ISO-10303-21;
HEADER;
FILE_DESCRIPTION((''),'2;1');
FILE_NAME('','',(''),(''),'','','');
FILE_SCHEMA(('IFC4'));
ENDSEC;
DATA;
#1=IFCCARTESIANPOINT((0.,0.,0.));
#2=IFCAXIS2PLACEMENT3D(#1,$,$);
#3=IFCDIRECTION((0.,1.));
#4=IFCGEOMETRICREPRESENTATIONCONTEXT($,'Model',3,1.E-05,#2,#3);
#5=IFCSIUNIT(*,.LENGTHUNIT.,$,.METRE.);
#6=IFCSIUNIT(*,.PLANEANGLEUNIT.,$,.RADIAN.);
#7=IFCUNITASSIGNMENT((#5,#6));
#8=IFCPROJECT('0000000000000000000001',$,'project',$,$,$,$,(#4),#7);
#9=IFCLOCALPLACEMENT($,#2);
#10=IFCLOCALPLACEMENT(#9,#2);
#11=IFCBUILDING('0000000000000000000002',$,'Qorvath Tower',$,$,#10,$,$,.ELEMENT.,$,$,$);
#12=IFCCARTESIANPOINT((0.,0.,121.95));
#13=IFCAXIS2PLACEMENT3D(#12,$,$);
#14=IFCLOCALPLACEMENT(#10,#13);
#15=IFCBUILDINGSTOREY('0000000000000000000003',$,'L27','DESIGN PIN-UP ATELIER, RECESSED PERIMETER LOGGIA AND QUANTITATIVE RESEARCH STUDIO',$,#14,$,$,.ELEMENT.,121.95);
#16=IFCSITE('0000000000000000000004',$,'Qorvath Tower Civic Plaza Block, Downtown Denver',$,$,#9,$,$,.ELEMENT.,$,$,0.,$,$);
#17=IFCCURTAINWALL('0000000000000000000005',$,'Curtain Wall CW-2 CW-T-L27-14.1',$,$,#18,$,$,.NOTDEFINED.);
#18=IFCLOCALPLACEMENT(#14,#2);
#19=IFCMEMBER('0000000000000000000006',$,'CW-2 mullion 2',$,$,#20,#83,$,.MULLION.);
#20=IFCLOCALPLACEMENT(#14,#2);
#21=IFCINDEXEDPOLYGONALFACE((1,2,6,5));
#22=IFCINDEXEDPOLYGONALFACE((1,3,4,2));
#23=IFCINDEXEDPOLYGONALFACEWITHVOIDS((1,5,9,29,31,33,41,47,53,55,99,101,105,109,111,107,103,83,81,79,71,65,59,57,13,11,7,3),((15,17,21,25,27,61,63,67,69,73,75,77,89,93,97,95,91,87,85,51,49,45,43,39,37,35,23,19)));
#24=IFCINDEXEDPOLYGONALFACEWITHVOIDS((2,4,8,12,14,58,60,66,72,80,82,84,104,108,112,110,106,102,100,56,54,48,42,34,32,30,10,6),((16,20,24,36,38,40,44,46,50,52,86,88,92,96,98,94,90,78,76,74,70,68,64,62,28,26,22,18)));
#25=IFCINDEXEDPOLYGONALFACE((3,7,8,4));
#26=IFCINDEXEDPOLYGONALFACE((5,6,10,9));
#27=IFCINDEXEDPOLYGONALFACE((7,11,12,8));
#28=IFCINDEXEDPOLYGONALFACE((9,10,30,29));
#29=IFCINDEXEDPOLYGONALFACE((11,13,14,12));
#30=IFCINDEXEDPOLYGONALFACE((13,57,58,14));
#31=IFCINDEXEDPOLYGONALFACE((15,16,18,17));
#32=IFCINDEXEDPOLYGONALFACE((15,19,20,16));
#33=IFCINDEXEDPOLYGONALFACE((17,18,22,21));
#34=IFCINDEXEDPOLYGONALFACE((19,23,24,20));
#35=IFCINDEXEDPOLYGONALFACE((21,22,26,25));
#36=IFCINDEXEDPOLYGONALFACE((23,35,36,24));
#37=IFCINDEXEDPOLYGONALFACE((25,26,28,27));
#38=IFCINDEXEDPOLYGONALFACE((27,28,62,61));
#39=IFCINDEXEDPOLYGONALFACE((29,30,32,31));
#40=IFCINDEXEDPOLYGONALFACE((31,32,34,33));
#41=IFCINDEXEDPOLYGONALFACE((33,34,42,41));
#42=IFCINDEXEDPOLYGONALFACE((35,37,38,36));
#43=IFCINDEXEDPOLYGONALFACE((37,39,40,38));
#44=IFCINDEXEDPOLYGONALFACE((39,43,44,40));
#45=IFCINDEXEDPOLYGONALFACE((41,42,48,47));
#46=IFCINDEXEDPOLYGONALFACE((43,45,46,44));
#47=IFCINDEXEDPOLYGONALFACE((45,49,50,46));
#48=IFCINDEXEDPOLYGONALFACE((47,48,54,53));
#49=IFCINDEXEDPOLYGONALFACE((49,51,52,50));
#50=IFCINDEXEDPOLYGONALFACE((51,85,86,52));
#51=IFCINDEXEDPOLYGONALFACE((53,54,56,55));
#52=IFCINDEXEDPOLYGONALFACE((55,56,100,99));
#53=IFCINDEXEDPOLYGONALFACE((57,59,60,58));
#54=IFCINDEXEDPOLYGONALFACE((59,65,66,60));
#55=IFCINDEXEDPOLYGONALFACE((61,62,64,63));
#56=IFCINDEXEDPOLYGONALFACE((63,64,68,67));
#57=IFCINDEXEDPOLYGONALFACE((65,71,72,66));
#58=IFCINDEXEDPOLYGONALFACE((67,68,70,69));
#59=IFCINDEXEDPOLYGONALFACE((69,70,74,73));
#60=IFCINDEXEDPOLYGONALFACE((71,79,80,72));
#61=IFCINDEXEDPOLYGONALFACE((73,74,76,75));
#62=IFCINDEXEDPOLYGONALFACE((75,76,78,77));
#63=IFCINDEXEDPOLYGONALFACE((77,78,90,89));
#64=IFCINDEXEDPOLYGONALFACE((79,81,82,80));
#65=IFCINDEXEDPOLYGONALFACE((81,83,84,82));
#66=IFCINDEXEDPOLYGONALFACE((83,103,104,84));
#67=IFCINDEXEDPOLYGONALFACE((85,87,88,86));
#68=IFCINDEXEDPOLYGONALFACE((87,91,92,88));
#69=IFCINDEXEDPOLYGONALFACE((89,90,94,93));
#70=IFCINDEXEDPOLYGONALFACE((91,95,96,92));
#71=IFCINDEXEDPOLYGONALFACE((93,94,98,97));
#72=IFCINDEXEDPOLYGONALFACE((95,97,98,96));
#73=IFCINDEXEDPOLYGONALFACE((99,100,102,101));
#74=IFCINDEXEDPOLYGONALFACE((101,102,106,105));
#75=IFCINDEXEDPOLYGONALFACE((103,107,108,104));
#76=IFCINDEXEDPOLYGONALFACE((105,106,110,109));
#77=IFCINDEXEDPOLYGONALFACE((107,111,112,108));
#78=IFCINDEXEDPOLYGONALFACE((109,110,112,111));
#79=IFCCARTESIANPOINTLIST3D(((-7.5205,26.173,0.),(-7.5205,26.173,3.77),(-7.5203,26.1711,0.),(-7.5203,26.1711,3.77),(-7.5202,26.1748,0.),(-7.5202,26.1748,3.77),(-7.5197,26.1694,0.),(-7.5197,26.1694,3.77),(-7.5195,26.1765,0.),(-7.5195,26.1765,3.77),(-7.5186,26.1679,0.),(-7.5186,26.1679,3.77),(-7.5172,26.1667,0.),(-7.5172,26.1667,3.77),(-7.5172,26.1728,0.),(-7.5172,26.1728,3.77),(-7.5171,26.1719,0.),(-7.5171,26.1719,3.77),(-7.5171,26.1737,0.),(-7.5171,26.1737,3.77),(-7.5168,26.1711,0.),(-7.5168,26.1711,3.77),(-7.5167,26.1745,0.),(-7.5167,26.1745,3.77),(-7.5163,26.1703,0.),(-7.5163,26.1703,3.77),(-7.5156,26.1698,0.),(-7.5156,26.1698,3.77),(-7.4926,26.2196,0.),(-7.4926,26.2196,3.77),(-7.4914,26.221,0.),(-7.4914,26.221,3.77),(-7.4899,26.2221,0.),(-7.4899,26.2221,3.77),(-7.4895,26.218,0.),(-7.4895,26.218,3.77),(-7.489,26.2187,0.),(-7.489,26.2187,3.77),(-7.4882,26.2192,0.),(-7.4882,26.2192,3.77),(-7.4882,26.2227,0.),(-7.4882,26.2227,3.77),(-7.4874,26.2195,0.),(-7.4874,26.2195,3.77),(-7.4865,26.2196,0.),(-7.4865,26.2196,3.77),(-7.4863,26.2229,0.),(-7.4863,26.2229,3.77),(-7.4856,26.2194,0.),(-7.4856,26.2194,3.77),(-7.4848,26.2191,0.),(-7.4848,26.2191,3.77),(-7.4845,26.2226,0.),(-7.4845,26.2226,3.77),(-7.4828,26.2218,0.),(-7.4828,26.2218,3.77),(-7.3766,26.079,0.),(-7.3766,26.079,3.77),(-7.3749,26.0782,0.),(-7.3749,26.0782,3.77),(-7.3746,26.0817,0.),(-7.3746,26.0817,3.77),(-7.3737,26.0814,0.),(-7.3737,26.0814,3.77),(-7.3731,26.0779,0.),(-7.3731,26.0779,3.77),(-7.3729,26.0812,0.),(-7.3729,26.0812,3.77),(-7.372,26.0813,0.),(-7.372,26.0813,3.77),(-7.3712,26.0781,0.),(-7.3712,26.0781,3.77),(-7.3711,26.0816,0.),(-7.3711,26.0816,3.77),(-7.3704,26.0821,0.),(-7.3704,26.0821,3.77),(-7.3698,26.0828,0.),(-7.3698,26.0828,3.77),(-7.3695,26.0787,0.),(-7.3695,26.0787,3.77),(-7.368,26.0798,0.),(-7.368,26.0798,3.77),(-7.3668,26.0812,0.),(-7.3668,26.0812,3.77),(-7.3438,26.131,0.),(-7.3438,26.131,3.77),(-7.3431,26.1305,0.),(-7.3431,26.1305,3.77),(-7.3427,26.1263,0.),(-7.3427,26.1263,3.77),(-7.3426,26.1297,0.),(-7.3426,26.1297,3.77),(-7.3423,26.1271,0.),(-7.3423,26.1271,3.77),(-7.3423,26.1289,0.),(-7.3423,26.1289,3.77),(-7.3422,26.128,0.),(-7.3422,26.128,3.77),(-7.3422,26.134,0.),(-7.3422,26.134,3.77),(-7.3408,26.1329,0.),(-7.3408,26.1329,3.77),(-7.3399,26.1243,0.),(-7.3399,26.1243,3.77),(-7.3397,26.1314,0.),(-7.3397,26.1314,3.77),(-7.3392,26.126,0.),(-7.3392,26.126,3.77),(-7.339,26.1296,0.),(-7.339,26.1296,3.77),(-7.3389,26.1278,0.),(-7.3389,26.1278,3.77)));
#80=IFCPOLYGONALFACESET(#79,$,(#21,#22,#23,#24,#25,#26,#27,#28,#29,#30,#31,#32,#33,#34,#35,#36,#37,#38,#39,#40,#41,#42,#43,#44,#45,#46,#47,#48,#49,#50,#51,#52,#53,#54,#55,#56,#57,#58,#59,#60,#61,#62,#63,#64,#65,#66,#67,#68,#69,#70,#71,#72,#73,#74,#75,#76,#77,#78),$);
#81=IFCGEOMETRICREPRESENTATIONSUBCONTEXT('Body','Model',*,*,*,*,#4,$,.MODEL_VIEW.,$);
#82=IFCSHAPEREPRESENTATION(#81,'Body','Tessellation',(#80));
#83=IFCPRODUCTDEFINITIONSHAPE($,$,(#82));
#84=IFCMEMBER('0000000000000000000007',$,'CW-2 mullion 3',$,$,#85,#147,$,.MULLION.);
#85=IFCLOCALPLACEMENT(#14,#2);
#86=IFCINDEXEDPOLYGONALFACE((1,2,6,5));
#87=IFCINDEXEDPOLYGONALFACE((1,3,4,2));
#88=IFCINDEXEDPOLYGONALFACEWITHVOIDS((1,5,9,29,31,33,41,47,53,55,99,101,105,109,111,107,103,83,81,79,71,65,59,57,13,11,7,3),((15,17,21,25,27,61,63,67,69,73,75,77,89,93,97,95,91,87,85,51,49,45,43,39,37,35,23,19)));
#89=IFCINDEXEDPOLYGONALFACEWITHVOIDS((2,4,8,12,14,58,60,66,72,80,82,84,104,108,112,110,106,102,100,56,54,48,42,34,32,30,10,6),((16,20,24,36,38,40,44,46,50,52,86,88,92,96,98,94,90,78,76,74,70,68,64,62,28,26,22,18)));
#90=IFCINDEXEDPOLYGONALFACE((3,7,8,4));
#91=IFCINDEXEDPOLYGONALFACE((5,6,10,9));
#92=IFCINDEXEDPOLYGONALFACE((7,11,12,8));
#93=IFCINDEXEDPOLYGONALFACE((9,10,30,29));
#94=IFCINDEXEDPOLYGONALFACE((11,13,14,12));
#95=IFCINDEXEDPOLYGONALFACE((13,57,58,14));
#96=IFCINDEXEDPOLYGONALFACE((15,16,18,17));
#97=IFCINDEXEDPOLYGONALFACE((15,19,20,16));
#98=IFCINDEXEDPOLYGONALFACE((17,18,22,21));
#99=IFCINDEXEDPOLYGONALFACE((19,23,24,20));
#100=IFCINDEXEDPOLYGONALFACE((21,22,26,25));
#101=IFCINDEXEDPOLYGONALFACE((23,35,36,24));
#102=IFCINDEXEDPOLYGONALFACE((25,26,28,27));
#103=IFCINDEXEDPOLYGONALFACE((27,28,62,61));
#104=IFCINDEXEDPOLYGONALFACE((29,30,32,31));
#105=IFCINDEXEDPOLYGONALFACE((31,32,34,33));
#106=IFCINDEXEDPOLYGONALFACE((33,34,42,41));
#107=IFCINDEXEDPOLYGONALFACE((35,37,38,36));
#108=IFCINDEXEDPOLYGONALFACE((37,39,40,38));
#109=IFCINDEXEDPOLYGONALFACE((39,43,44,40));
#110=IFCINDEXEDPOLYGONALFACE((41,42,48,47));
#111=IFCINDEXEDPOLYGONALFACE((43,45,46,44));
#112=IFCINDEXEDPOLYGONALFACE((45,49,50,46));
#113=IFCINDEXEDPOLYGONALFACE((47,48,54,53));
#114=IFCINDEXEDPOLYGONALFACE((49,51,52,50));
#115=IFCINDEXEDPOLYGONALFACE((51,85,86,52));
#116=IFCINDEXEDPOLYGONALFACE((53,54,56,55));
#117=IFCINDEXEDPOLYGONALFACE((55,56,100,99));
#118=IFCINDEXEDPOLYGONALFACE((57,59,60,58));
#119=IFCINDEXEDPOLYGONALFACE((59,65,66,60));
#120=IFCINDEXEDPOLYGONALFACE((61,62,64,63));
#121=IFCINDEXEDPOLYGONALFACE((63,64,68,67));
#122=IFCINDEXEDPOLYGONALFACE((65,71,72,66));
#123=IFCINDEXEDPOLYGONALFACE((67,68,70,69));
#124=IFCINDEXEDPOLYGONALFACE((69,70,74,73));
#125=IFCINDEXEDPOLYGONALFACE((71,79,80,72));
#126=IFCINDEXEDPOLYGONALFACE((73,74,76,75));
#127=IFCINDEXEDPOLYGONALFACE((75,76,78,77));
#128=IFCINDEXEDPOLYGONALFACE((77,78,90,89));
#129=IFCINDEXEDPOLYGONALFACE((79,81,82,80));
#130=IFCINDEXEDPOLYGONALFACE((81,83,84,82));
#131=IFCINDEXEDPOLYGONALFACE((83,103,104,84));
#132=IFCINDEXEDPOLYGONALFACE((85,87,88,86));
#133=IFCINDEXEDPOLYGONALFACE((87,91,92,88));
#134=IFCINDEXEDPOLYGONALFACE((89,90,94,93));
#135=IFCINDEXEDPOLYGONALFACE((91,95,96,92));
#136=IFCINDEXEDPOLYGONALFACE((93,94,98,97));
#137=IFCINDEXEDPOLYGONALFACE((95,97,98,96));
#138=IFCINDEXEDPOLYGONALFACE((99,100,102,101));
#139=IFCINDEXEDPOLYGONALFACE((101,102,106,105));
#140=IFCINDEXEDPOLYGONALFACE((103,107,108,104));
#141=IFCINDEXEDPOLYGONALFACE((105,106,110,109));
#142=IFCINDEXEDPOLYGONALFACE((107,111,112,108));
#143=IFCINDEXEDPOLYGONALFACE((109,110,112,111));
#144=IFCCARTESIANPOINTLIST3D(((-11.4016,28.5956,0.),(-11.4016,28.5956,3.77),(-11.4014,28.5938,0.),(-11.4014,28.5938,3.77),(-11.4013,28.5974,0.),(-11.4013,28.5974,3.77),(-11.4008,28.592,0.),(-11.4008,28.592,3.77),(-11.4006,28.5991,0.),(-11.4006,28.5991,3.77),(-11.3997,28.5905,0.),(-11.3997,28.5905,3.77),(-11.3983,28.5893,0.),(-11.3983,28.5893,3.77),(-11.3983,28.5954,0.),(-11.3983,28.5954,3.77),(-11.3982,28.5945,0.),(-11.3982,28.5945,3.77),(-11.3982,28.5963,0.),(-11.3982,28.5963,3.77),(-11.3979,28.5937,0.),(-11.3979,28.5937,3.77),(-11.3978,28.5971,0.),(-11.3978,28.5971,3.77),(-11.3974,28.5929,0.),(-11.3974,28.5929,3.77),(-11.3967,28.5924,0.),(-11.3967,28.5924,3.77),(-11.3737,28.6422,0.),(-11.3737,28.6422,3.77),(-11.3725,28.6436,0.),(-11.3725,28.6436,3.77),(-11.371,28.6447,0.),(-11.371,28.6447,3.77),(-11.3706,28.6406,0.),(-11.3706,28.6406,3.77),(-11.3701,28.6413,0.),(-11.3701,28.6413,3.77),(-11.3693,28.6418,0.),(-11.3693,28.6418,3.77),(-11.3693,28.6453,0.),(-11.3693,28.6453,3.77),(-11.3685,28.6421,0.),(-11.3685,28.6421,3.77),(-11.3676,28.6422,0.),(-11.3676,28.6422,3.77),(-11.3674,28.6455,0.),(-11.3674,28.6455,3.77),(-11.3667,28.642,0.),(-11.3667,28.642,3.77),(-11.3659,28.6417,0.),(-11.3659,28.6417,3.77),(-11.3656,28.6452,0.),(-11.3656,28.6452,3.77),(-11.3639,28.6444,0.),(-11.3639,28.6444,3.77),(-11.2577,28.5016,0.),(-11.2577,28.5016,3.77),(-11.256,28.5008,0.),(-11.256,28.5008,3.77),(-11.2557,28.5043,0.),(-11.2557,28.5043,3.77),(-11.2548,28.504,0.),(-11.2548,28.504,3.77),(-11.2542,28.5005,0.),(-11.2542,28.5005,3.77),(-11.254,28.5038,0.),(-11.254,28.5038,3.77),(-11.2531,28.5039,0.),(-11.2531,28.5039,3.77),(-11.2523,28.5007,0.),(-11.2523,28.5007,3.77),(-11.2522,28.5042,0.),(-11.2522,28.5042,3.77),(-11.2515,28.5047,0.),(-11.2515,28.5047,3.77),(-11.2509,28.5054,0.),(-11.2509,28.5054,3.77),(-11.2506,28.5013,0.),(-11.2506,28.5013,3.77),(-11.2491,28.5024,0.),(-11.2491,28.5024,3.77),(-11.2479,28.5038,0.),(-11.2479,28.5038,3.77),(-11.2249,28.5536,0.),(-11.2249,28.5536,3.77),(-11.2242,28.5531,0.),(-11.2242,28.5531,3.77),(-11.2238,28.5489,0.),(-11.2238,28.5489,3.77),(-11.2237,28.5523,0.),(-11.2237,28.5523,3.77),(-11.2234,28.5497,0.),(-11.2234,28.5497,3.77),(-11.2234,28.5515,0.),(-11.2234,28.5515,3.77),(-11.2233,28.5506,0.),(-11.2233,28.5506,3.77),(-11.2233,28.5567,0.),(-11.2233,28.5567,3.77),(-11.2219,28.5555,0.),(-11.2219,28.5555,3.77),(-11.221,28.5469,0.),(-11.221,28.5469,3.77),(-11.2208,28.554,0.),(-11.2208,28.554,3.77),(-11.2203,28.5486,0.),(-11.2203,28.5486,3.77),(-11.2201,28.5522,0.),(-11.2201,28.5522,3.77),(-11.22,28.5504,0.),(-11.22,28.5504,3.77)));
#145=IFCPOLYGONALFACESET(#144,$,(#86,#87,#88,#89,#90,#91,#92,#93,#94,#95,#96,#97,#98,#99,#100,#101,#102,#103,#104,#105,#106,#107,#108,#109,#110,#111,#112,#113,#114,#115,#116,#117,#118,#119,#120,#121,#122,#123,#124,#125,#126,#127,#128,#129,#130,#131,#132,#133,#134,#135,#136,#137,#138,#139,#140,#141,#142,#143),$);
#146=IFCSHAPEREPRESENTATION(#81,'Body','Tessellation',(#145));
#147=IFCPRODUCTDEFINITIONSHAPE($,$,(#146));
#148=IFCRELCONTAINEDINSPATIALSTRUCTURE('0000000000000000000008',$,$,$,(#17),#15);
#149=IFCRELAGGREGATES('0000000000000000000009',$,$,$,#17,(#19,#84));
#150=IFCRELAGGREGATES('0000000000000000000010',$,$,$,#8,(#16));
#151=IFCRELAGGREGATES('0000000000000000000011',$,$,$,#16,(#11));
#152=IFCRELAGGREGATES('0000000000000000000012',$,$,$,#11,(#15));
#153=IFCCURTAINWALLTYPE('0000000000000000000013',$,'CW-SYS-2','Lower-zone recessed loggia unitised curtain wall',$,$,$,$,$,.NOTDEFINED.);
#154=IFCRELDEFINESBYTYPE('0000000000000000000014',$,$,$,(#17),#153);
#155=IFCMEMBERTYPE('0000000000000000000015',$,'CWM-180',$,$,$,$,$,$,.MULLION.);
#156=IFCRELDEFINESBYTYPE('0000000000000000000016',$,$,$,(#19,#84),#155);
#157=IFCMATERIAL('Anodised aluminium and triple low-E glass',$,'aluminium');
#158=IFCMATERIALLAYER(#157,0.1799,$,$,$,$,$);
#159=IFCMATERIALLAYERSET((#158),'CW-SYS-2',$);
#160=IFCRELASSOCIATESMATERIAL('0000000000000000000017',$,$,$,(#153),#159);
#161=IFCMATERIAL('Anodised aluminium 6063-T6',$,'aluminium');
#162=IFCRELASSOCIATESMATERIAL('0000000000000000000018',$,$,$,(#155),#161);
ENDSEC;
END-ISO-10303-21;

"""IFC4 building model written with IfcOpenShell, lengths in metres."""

from ifc_helpers import new_model, si_unit, direction, frame, origin, origin_2d, place, context, subcontext, project, spatial, hollow_rectangle, extrude, material, layer, layer_set, material_profile, profile_set, type_object, element, aggregate, save


model = new_model("IFC4")

# Units and contexts
model_context = context("Model", 3, precision=1e-05, world=origin(), true_north=direction((0.0, 1.0)))
body_context = subcontext(model_context, "Body", "Model", "MODEL_VIEW")
ifc_project = project(units=[si_unit("LENGTHUNIT", "METRE"), si_unit("PLANEANGLEUNIT", "RADIAN")], contexts=[model_context])

# Site, building, storey
site_placement = place(None, origin())
site = spatial("IfcSite", under=ifc_project, at=site_placement, Name="Qorvath Tower Civic Plaza Block, Downtown Denver", CompositionType="ELEMENT", RefElevation=0.0)
building_placement = place(site_placement, origin())
building = spatial("IfcBuilding", under=site, at=building_placement, Name="Qorvath Tower", CompositionType="ELEMENT")
storey_placement = place(building_placement, frame((0.0, 0.0, 121.95)))
storey = spatial("IfcBuildingStorey", under=building, at=storey_placement, Name="L27", Description="DESIGN PIN-UP ATELIER, RECESSED PERIMETER LOGGIA AND QUANTITATIVE RESEARCH STUDIO", CompositionType="ELEMENT", Elevation=121.95)

# Shared definitions
ifc_material_1 = material(Name="Anodised aluminium and triple low-E glass", Category="aluminium")
ifc_layer_1 = layer(ifc_material_1, 0.1799)
ifc_layer_set_1 = layer_set([ifc_layer_1], Name="CW-SYS-2")
curtain_wall_type = type_object("IfcCurtainWallType", Name="CW-SYS-2", Description="Lower-zone recessed loggia unitised curtain wall", PredefinedType="NOTDEFINED", material=ifc_layer_set_1)
ifc_material_2 = material(Name="Anodised aluminium 6063-T6", Category="aluminium")
ifc_material_profile_1 = material_profile(ifc_material_2, hollow_rectangle(XDim=0.0649, YDim=0.1799, WallThickness=0.0034, InnerFilletRadius=0.0034, OuterFilletRadius=0.0071, at=origin_2d()), Name="CWM 180x65")
ifc_profile_set_1 = profile_set([ifc_material_profile_1], Name="Anodised aluminium 6063-T6")
member_type_1 = type_object("IfcMemberType", Name="CWM-180", PredefinedType="MULLION", material=ifc_profile_set_1)

# Curtain wall, members
curtain_wall_1_placement = place(storey_placement, origin())
curtain_wall_1 = element("IfcCurtainWall", 1, at=curtain_wall_1_placement, inside=storey, type_object=curtain_wall_type, Name="Curtain Wall CW-2 CW-T-L27-14.1", PredefinedType="NOTDEFINED")
member_1_placement = place(storey_placement, frame((-7.4297, 26.1504, 0.0), z_axis=(0.0, 0.0, 1.0), x_axis=(-0.529503, -0.848308, 0.0)))
member_1 = element("IfcMember", 2, at=member_1_placement, type_object=member_type_1, Name="CW-2 mullion 2", PredefinedType="MULLION", context=body_context, shape_type="SweptSolid", body=[
    extrude(hollow_rectangle(XDim=0.0649, YDim=0.1799, WallThickness=0.0034, InnerFilletRadius=0.0034, OuterFilletRadius=0.0071, at=origin_2d()), origin(), (0.0, 0.0, 1.0), 3.77),
])
member_2_placement = place(storey_placement, frame((-11.3108, 28.573, 0.0), z_axis=(0.0, 0.0, 1.0), x_axis=(-0.529503, -0.848308, 0.0)))
member_2 = element("IfcMember", 3, at=member_2_placement, type_object=member_type_1, Name="CW-2 mullion 3", PredefinedType="MULLION", context=body_context, shape_type="SweptSolid", body=[
    extrude(hollow_rectangle(XDim=0.0649, YDim=0.1799, WallThickness=0.0034, InnerFilletRadius=0.0034, OuterFilletRadius=0.0071, at=origin_2d()), origin(), (0.0, 0.0, 1.0), 3.77),
])

aggregate(curtain_wall_1, [member_1, member_2])

save(model, "model.ifc")
